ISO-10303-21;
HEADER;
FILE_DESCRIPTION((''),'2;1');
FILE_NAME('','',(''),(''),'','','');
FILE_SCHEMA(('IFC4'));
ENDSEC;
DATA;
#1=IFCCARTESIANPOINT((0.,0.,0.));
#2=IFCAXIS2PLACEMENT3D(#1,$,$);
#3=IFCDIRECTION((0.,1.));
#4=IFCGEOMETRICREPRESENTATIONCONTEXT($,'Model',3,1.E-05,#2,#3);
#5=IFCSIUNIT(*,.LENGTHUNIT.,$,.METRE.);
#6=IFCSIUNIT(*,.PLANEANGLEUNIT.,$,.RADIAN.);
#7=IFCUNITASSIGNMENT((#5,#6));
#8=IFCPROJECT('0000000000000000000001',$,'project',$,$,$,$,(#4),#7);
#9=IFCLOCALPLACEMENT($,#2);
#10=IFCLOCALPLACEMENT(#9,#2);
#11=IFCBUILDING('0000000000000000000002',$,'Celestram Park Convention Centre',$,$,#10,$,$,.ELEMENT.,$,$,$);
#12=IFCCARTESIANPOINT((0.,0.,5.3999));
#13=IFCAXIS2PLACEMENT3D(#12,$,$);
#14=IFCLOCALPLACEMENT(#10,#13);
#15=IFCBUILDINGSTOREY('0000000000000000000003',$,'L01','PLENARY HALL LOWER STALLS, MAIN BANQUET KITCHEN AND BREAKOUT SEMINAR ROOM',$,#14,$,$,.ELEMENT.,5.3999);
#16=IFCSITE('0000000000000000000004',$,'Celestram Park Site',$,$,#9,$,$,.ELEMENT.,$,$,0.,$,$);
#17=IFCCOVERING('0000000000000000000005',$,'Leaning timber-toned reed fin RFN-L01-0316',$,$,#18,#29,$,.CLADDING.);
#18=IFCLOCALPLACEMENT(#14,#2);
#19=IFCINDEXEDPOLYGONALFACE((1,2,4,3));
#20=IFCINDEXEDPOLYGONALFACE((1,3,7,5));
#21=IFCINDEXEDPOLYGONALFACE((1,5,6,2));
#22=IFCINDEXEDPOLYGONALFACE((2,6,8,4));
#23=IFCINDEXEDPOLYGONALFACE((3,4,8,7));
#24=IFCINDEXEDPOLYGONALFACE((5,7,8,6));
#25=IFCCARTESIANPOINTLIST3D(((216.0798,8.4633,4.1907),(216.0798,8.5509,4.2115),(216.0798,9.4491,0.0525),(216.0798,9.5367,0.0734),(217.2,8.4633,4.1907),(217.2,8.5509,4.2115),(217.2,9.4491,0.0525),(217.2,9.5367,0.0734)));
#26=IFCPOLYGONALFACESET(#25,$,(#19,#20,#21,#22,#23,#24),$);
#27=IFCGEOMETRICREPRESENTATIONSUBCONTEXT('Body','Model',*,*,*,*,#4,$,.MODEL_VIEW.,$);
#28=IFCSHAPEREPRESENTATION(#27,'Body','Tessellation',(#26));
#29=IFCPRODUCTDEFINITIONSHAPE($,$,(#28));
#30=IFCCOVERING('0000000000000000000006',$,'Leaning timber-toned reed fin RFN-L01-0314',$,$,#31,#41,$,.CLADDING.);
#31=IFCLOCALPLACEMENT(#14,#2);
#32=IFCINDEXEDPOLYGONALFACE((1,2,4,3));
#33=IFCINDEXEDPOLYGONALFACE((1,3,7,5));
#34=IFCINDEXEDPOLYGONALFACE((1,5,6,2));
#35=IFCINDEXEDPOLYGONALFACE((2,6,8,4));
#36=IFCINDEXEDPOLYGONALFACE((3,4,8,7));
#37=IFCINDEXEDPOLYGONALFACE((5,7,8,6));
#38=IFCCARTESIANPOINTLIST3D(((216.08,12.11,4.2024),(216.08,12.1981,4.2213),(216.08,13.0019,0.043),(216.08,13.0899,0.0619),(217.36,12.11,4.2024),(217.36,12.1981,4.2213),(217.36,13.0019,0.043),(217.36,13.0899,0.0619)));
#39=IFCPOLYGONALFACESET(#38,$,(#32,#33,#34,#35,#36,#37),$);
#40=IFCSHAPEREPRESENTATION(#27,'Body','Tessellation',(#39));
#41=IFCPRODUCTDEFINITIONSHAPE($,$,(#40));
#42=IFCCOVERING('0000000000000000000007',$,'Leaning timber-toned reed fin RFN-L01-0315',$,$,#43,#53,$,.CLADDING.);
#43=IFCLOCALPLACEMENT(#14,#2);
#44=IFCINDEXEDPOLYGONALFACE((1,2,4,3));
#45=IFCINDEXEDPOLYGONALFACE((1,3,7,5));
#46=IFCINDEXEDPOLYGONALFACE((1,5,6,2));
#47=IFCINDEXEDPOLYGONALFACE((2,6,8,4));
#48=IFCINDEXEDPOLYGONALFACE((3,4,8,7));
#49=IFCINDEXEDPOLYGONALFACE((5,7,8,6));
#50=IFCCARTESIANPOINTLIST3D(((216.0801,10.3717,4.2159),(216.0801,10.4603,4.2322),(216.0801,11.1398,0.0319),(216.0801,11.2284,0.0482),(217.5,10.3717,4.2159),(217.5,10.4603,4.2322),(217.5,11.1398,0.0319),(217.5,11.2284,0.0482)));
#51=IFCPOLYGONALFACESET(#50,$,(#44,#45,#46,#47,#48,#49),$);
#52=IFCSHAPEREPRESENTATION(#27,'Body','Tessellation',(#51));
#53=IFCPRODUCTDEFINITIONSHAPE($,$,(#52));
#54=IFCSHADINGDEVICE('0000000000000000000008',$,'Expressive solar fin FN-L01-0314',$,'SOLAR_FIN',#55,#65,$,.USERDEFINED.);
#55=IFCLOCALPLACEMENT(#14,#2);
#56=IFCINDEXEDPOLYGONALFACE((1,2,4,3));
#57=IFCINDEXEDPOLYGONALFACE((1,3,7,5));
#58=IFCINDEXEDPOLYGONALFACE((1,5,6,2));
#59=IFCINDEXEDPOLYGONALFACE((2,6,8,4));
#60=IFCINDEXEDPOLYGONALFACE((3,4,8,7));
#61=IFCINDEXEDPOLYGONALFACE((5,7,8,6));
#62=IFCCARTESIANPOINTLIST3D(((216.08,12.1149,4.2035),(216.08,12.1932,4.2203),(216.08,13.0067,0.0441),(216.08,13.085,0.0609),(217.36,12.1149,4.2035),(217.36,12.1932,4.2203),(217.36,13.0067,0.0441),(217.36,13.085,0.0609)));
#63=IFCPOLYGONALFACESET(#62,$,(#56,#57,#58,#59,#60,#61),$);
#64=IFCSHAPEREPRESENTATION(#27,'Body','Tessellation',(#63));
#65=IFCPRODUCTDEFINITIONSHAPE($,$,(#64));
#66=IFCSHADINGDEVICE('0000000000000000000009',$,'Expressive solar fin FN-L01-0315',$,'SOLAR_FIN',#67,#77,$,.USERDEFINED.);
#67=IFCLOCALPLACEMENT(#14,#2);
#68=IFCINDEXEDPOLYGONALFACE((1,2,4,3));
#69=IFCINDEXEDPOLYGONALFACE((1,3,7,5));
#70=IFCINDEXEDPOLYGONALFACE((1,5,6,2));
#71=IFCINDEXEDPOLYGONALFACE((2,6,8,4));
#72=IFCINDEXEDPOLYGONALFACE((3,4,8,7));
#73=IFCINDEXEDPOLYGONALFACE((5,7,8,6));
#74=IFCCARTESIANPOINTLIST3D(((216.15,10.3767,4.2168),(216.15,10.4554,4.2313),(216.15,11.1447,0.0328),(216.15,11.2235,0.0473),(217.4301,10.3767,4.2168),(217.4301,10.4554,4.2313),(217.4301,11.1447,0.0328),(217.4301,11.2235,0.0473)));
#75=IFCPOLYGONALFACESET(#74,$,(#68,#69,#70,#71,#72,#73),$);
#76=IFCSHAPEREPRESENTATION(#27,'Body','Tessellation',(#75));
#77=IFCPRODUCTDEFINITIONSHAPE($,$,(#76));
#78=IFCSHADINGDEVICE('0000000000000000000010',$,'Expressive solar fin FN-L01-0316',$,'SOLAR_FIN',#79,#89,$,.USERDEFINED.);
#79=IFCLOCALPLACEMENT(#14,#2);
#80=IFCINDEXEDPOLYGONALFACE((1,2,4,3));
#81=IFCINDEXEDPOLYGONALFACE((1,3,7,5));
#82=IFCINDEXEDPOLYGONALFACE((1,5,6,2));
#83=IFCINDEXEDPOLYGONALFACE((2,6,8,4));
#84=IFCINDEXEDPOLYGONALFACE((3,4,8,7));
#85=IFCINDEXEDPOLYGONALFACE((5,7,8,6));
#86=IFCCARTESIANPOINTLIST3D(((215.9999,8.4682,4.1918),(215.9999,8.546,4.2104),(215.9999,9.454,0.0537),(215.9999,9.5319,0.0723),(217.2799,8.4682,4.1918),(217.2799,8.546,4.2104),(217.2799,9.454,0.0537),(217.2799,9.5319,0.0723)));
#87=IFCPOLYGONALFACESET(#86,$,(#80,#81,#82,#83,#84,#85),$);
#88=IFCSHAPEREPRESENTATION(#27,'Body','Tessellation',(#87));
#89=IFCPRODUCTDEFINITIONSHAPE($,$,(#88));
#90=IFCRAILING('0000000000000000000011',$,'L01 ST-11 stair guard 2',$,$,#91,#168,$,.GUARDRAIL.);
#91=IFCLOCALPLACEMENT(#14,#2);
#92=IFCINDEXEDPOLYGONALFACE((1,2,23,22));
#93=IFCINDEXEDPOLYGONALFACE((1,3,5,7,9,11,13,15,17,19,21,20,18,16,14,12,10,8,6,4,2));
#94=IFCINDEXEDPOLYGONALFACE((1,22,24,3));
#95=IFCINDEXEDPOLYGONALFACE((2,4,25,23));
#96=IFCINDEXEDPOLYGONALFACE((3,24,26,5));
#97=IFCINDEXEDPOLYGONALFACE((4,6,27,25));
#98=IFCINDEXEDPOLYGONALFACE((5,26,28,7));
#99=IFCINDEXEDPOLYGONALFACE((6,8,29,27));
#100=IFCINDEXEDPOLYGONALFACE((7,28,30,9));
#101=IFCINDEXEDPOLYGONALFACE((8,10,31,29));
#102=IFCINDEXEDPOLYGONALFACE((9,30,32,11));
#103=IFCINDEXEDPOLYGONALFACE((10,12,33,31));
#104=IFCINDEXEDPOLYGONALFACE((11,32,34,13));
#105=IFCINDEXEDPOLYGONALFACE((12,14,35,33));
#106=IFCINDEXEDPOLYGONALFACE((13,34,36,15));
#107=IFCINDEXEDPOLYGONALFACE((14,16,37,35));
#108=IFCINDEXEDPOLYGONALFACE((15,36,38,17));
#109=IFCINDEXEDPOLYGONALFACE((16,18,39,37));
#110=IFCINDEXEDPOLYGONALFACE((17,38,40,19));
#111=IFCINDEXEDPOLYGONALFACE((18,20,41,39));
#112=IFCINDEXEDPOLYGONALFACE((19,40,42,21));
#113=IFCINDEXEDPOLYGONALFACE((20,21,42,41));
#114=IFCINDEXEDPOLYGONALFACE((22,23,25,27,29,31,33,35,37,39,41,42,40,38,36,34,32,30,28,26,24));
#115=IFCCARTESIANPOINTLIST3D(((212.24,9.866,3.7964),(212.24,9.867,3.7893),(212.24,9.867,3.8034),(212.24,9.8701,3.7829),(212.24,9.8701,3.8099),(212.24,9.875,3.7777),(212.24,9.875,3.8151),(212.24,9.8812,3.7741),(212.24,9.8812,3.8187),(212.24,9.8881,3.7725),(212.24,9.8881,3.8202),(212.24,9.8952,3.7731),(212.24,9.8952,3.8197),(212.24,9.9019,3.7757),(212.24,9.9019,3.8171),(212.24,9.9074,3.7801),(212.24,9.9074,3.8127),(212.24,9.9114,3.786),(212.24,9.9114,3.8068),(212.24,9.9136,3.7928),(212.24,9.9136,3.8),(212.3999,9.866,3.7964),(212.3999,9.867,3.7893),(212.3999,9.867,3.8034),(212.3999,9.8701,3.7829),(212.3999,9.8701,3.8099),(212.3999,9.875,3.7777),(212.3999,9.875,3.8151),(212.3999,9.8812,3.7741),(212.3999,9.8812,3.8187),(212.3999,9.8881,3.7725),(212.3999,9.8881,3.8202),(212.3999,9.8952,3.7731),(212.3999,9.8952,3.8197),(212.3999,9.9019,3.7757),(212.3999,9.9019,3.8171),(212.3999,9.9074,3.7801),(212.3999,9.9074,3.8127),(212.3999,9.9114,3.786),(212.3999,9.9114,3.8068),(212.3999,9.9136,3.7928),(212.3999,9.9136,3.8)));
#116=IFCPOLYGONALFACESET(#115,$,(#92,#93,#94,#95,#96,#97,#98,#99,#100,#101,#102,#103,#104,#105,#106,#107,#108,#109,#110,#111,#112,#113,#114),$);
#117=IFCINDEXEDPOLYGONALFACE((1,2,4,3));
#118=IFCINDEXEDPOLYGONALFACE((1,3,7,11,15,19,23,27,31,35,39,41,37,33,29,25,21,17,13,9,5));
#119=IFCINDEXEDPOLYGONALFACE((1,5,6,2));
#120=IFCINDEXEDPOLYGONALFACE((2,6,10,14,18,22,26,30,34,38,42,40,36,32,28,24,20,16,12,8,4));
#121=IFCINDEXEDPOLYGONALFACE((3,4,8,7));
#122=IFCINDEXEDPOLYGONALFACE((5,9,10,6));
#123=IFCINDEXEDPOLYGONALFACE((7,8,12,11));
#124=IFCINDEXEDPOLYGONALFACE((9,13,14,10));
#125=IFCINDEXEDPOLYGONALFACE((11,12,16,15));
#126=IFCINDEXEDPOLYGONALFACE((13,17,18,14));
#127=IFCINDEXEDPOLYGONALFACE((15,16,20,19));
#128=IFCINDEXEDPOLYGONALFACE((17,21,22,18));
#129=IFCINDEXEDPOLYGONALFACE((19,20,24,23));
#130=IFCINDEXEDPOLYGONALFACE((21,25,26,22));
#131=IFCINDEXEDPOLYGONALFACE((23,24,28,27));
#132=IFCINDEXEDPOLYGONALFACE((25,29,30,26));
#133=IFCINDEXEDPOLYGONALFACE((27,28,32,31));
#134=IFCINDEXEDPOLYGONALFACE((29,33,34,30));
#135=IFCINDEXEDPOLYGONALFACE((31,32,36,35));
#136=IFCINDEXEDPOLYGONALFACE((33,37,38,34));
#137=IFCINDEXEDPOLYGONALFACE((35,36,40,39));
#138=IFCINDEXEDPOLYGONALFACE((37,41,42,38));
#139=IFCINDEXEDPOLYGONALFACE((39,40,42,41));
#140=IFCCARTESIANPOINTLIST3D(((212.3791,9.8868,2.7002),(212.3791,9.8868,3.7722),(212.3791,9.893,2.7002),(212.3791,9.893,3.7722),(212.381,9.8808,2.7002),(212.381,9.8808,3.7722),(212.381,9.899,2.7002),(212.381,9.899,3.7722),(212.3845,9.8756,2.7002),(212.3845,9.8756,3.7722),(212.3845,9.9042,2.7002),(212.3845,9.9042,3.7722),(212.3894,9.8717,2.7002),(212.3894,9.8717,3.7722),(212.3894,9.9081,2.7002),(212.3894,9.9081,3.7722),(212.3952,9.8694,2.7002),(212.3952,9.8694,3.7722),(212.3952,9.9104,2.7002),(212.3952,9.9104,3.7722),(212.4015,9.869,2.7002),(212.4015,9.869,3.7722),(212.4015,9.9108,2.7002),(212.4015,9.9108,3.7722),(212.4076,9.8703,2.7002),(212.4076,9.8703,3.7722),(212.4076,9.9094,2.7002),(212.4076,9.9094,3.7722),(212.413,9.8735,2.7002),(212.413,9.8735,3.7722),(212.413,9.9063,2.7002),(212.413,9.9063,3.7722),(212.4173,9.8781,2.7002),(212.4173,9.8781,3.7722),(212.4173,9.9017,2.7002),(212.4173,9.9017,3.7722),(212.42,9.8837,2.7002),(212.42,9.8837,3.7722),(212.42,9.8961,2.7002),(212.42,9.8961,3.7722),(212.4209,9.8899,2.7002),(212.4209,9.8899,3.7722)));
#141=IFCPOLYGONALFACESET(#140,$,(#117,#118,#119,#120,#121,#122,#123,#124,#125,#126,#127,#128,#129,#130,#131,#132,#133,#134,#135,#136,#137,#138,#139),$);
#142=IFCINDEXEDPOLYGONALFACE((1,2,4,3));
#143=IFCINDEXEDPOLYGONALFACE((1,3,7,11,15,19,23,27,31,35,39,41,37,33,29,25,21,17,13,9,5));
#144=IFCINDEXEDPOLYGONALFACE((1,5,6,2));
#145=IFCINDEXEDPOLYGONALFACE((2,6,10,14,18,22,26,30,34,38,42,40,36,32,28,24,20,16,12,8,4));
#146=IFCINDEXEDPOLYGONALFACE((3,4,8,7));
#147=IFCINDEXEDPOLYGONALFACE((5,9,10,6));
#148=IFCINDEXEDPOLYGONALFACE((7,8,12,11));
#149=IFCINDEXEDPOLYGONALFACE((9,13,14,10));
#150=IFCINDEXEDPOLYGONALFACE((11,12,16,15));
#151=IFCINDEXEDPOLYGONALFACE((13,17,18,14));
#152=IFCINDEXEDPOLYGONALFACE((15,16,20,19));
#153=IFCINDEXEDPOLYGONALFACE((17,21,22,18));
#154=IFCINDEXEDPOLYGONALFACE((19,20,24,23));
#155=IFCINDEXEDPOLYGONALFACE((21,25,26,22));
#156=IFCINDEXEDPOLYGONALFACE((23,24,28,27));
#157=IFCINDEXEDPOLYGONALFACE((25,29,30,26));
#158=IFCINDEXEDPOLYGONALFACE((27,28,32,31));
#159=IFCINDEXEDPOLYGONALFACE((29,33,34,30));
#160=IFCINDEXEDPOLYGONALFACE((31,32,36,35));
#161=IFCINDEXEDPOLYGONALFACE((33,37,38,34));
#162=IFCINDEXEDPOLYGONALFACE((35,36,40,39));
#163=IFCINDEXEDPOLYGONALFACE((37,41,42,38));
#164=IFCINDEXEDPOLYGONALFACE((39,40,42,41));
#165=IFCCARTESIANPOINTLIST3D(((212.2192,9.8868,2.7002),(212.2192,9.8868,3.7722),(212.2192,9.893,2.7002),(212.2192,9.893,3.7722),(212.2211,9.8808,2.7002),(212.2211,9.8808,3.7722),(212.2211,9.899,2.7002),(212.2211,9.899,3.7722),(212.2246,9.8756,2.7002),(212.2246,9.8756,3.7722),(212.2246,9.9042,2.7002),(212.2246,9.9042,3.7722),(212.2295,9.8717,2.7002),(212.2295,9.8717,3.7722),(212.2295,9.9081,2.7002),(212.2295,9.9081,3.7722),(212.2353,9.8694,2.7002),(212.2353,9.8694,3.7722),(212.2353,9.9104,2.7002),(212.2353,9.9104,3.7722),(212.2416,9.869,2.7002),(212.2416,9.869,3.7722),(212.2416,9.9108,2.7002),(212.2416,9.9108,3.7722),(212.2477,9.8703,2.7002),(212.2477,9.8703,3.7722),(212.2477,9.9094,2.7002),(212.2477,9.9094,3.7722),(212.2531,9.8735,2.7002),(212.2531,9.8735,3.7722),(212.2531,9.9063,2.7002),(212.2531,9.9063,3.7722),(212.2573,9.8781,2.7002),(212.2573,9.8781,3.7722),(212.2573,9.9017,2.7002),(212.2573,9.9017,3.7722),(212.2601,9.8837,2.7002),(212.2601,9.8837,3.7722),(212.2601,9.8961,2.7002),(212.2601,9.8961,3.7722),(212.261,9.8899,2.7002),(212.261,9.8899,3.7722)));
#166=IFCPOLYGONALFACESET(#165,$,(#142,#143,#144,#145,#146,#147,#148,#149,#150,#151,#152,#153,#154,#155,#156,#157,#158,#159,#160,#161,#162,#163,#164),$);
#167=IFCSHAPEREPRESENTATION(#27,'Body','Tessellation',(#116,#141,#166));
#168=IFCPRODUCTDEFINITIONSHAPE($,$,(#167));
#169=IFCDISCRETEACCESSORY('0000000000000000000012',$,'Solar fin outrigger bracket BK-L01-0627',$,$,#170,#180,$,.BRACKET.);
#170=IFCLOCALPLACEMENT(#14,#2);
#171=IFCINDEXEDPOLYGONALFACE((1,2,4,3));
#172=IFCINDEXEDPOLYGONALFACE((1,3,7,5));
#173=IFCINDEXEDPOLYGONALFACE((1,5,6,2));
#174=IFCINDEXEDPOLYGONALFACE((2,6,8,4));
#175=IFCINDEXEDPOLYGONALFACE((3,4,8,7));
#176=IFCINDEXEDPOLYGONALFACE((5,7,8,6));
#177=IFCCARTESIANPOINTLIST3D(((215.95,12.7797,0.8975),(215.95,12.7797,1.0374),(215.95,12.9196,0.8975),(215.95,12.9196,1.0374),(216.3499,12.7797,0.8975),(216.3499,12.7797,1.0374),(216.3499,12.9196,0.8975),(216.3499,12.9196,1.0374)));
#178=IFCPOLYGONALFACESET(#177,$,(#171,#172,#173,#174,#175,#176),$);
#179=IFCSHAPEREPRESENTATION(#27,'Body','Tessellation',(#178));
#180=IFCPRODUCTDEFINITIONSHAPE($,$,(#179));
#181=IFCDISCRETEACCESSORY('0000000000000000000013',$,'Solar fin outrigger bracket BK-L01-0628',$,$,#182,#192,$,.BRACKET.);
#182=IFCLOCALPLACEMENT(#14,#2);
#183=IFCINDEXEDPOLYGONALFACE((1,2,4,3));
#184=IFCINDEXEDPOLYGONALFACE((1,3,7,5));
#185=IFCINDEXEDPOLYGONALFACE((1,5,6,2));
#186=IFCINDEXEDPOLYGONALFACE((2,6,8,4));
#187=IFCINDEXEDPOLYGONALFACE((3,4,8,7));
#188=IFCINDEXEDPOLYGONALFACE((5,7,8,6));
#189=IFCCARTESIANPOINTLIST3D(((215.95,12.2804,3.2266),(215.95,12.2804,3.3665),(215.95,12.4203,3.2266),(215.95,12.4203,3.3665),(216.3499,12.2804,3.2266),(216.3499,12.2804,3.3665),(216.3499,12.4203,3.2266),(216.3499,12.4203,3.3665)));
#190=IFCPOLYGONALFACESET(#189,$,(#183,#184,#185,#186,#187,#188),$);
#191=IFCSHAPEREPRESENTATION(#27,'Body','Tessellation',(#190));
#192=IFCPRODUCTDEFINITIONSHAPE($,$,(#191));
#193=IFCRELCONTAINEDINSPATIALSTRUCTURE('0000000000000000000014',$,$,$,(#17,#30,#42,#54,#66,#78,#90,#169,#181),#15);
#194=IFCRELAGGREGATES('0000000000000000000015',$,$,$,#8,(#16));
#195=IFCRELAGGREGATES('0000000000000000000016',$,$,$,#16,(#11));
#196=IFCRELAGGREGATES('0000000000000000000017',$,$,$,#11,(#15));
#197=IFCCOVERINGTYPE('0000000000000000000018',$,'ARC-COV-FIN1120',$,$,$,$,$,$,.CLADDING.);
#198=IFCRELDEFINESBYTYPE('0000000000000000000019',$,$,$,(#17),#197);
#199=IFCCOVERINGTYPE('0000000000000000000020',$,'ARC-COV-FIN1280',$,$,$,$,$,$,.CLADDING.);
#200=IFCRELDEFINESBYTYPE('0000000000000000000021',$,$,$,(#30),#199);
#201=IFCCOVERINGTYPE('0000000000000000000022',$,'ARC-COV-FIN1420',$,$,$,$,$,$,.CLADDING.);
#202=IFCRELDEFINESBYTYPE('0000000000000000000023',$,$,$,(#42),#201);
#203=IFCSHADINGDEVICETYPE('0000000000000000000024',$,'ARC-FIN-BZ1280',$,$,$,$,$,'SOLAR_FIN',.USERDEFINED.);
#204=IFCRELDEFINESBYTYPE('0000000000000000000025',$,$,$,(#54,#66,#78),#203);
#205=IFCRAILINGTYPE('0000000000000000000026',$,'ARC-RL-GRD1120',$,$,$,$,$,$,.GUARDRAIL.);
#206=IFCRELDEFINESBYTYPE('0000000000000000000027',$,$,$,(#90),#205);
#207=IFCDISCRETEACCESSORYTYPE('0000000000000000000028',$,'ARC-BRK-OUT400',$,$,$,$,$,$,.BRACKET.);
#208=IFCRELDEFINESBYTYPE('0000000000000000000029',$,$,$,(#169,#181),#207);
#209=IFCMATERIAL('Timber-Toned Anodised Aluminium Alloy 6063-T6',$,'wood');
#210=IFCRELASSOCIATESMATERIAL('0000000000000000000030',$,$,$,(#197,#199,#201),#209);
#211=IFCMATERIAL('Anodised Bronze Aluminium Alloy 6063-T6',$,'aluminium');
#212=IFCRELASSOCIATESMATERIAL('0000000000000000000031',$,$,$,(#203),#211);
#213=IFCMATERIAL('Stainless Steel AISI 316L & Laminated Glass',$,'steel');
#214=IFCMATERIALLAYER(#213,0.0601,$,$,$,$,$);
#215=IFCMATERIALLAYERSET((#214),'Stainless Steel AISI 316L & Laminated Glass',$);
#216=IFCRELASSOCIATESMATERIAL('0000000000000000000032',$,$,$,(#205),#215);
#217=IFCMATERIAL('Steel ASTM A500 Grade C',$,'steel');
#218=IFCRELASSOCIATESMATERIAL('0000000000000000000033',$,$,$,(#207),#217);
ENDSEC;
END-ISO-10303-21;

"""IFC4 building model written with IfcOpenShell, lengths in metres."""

from ifc_helpers import new_model, si_unit, direction, frame, origin, origin_2d, place, context, subcontext, project, spatial, rectangle, circle, extrude, material, layer, layer_set, material_profile, profile_set, type_object, element, save


model = new_model("IFC4")

# Units and contexts
model_context = context("Model", 3, precision=1e-05, world=origin(), true_north=direction((0.0, 1.0)))
body_context = subcontext(model_context, "Body", "Model", "MODEL_VIEW")
ifc_project = project(units=[si_unit("LENGTHUNIT", "METRE"), si_unit("PLANEANGLEUNIT", "RADIAN")], contexts=[model_context])

# Site, building, storey
site_placement = place(None, origin())
site = spatial("IfcSite", under=ifc_project, at=site_placement, Name="Celestram Park Site", CompositionType="ELEMENT", RefElevation=0.0)
building_placement = place(site_placement, origin())
building = spatial("IfcBuilding", under=site, at=building_placement, Name="Celestram Park Convention Centre", CompositionType="ELEMENT")
storey_placement = place(building_placement, frame((0.0, 0.0, 5.3999)))
storey = spatial("IfcBuildingStorey", under=building, at=storey_placement, Name="L01", Description="PLENARY HALL LOWER STALLS, MAIN BANQUET KITCHEN AND BREAKOUT SEMINAR ROOM", CompositionType="ELEMENT", Elevation=5.3999)

# Shared definitions
ifc_material_1 = material(Name="Steel ASTM A500 Grade C", Category="steel")

# Coverings
ifc_material_2 = material(Name="Timber-Toned Anodised Aluminium Alloy 6063-T6", Category="wood")
ifc_material_profile_1 = material_profile(ifc_material_2, rectangle(XDim=1.1201, YDim=0.0901, at=origin_2d()), Name="REED1120X90")
ifc_profile_set_1 = profile_set([ifc_material_profile_1], Name="Timber-Toned Anodised Aluminium Alloy 6063-T6")
covering_type_1 = type_object("IfcCoveringType", Name="ARC-COV-FIN1120", PredefinedType="CLADDING", material=ifc_profile_set_1)
covering_1_placement = place(storey_placement, frame((216.6399, 9.4929, 0.063), z_axis=(0.0, -0.231745, 0.972777), x_axis=(1.0, 0.0, 0.0)))
element("IfcCovering", 1, at=covering_1_placement, inside=storey, type_object=covering_type_1, Name="Leaning timber-toned reed fin RFN-L01-0316", PredefinedType="CLADDING", context=body_context, shape_type="SweptSolid", body=[
    extrude(rectangle(XDim=1.1201, YDim=0.0901, at=origin_2d()), origin(), (0.0, 0.0, 1.0), 4.2539),
])
ifc_material_profile_2 = material_profile(ifc_material_2, rectangle(XDim=1.28, YDim=0.0901, at=origin_2d()), Name="REED1280X90")
ifc_profile_set_2 = profile_set([ifc_material_profile_2], Name="Timber-Toned Anodised Aluminium Alloy 6063-T6")
covering_type_2 = type_object("IfcCoveringType", Name="ARC-COV-FIN1280", PredefinedType="CLADDING", material=ifc_profile_set_2)
covering_2_placement = place(storey_placement, frame((216.72, 13.0459, 0.0525), z_axis=(0.0, -0.209651, 0.977776), x_axis=(1.0, 0.0, 0.0)))
element("IfcCovering", 2, at=covering_2_placement, inside=storey, type_object=covering_type_2, Name="Leaning timber-toned reed fin RFN-L01-0314", PredefinedType="CLADDING", context=body_context, shape_type="SweptSolid", body=[
    extrude(rectangle(XDim=1.28, YDim=0.0901, at=origin_2d()), origin(), (0.0, 0.0, 1.0), 4.2539),
])
ifc_material_profile_3 = material_profile(ifc_material_2, rectangle(XDim=1.4199, YDim=0.0901, at=origin_2d()), Name="REED1420X90")
ifc_profile_set_3 = profile_set([ifc_material_profile_3], Name="Timber-Toned Anodised Aluminium Alloy 6063-T6")
covering_type_3 = type_object("IfcCoveringType", Name="ARC-COV-FIN1420", PredefinedType="CLADDING", material=ifc_profile_set_3)
covering_3_placement = place(storey_placement, frame((216.79, 11.1841, 0.04), z_axis=(0.0, -0.180552, 0.983565), x_axis=(1.0, 0.0, 0.0)))
element("IfcCovering", 3, at=covering_3_placement, inside=storey, type_object=covering_type_3, Name="Leaning timber-toned reed fin RFN-L01-0315", PredefinedType="CLADDING", context=body_context, shape_type="SweptSolid", body=[
    extrude(rectangle(XDim=1.4199, YDim=0.0901, at=origin_2d()), origin(), (0.0, 0.0, 1.0), 4.2539),
])

# Shading devices
ifc_material_3 = material(Name="Anodised Bronze Aluminium Alloy 6063-T6", Category="aluminium")
ifc_material_profile_4 = material_profile(ifc_material_3, rectangle(XDim=1.28, YDim=0.0801, at=origin_2d()), Name="FIN1280X80")
ifc_profile_set_4 = profile_set([ifc_material_profile_4], Name="Anodised Bronze Aluminium Alloy 6063-T6")
shading_device_type = type_object("IfcShadingDeviceType", Name="ARC-FIN-BZ1280", ElementType="SOLAR_FIN", PredefinedType="USERDEFINED", material=ifc_profile_set_4)
for number, where, z_axis, x_axis, name in (
    (4, (216.72, 13.0459, 0.0525), (0.0, -0.209651, 0.977776), (1.0, 0.0, 0.0), "Expressive solar fin FN-L01-0314"),
    (5, (216.79, 11.1841, 0.04), (0.0, -0.180552, 0.983565), (1.0, 0.0, 0.0), "Expressive solar fin FN-L01-0315"),
    (6, (216.6399, 9.4929, 0.063), (0.0, -0.231745, 0.972777), (1.0, 0.0, 0.0), "Expressive solar fin FN-L01-0316"),
):
    element("IfcShadingDevice", number, at=place(storey_placement, frame(where, z_axis=z_axis, x_axis=x_axis)), inside=storey, type_object=shading_device_type, Name=name, ObjectType="SOLAR_FIN", PredefinedType="USERDEFINED", context=body_context, shape_type="SweptSolid", body=[
        extrude(rectangle(XDim=1.28, YDim=0.0801, at=origin_2d()), origin(), (0.0, 0.0, 1.0), 4.2539),
    ])

# Railing
ifc_material_4 = material(Name="Stainless Steel AISI 316L & Laminated Glass", Category="steel")
ifc_layer_1 = layer(ifc_material_4, 0.0601)
ifc_layer_set_1 = layer_set([ifc_layer_1], Name="Stainless Steel AISI 316L & Laminated Glass")
railing_type_1 = type_object("IfcRailingType", Name="ARC-RL-GRD1120", PredefinedType="GUARDRAIL", material=ifc_layer_set_1)
railing_1_placement = place(storey_placement, frame((212.3999, 9.8899, 2.7002)))
element("IfcRailing", 7, at=railing_1_placement, inside=storey, type_object=railing_type_1, Name="L01 ST-11 stair guard 2", PredefinedType="GUARDRAIL", context=body_context, shape_type="SweptSolid", body=[
    extrude(circle(Radius=0.0239, at=origin_2d()), frame((0.0, 0.0, 1.0962), z_axis=(-1.0, 0.0, 0.0), x_axis=(0.0, -1.0, 0.0)), (0.0, 0.0, 1.0), 0.1599),
    extrude(circle(Radius=0.021, at=origin_2d()), origin(), (0.0, 0.0, 1.0), 1.072),
    extrude(circle(Radius=0.021, at=origin_2d()), frame((-0.1599, 0.0, 0.0)), (0.0, 0.0, 1.0), 1.072),
])

# Discrete accessories
discrete_accessory_type = type_object("IfcDiscreteAccessoryType", Name="ARC-BRK-OUT400", PredefinedType="BRACKET", material=ifc_material_1)
for number, where, z_axis, x_axis, name in (
    (8, (216.1499, 12.8496, 0.8975), (0.0, 0.0, 1.0), (1.0, 0.0, 0.0), "Solar fin outrigger bracket BK-L01-0627"),
    (9, (216.1499, 12.3503, 3.2266), (0.0, 0.0, 1.0), (1.0, 0.0, 0.0), "Solar fin outrigger bracket BK-L01-0628"),
):
    element("IfcDiscreteAccessory", number, at=place(storey_placement, frame(where, z_axis=z_axis, x_axis=x_axis)), inside=storey, type_object=discrete_accessory_type, Name=name, PredefinedType="BRACKET", context=body_context, shape_type="SweptSolid", body=[
        extrude(rectangle(XDim=0.3999, YDim=0.1399, at=origin_2d()), origin(), (0.0, 0.0, 1.0), 0.1399),
    ])

save(model, "model.ifc")
